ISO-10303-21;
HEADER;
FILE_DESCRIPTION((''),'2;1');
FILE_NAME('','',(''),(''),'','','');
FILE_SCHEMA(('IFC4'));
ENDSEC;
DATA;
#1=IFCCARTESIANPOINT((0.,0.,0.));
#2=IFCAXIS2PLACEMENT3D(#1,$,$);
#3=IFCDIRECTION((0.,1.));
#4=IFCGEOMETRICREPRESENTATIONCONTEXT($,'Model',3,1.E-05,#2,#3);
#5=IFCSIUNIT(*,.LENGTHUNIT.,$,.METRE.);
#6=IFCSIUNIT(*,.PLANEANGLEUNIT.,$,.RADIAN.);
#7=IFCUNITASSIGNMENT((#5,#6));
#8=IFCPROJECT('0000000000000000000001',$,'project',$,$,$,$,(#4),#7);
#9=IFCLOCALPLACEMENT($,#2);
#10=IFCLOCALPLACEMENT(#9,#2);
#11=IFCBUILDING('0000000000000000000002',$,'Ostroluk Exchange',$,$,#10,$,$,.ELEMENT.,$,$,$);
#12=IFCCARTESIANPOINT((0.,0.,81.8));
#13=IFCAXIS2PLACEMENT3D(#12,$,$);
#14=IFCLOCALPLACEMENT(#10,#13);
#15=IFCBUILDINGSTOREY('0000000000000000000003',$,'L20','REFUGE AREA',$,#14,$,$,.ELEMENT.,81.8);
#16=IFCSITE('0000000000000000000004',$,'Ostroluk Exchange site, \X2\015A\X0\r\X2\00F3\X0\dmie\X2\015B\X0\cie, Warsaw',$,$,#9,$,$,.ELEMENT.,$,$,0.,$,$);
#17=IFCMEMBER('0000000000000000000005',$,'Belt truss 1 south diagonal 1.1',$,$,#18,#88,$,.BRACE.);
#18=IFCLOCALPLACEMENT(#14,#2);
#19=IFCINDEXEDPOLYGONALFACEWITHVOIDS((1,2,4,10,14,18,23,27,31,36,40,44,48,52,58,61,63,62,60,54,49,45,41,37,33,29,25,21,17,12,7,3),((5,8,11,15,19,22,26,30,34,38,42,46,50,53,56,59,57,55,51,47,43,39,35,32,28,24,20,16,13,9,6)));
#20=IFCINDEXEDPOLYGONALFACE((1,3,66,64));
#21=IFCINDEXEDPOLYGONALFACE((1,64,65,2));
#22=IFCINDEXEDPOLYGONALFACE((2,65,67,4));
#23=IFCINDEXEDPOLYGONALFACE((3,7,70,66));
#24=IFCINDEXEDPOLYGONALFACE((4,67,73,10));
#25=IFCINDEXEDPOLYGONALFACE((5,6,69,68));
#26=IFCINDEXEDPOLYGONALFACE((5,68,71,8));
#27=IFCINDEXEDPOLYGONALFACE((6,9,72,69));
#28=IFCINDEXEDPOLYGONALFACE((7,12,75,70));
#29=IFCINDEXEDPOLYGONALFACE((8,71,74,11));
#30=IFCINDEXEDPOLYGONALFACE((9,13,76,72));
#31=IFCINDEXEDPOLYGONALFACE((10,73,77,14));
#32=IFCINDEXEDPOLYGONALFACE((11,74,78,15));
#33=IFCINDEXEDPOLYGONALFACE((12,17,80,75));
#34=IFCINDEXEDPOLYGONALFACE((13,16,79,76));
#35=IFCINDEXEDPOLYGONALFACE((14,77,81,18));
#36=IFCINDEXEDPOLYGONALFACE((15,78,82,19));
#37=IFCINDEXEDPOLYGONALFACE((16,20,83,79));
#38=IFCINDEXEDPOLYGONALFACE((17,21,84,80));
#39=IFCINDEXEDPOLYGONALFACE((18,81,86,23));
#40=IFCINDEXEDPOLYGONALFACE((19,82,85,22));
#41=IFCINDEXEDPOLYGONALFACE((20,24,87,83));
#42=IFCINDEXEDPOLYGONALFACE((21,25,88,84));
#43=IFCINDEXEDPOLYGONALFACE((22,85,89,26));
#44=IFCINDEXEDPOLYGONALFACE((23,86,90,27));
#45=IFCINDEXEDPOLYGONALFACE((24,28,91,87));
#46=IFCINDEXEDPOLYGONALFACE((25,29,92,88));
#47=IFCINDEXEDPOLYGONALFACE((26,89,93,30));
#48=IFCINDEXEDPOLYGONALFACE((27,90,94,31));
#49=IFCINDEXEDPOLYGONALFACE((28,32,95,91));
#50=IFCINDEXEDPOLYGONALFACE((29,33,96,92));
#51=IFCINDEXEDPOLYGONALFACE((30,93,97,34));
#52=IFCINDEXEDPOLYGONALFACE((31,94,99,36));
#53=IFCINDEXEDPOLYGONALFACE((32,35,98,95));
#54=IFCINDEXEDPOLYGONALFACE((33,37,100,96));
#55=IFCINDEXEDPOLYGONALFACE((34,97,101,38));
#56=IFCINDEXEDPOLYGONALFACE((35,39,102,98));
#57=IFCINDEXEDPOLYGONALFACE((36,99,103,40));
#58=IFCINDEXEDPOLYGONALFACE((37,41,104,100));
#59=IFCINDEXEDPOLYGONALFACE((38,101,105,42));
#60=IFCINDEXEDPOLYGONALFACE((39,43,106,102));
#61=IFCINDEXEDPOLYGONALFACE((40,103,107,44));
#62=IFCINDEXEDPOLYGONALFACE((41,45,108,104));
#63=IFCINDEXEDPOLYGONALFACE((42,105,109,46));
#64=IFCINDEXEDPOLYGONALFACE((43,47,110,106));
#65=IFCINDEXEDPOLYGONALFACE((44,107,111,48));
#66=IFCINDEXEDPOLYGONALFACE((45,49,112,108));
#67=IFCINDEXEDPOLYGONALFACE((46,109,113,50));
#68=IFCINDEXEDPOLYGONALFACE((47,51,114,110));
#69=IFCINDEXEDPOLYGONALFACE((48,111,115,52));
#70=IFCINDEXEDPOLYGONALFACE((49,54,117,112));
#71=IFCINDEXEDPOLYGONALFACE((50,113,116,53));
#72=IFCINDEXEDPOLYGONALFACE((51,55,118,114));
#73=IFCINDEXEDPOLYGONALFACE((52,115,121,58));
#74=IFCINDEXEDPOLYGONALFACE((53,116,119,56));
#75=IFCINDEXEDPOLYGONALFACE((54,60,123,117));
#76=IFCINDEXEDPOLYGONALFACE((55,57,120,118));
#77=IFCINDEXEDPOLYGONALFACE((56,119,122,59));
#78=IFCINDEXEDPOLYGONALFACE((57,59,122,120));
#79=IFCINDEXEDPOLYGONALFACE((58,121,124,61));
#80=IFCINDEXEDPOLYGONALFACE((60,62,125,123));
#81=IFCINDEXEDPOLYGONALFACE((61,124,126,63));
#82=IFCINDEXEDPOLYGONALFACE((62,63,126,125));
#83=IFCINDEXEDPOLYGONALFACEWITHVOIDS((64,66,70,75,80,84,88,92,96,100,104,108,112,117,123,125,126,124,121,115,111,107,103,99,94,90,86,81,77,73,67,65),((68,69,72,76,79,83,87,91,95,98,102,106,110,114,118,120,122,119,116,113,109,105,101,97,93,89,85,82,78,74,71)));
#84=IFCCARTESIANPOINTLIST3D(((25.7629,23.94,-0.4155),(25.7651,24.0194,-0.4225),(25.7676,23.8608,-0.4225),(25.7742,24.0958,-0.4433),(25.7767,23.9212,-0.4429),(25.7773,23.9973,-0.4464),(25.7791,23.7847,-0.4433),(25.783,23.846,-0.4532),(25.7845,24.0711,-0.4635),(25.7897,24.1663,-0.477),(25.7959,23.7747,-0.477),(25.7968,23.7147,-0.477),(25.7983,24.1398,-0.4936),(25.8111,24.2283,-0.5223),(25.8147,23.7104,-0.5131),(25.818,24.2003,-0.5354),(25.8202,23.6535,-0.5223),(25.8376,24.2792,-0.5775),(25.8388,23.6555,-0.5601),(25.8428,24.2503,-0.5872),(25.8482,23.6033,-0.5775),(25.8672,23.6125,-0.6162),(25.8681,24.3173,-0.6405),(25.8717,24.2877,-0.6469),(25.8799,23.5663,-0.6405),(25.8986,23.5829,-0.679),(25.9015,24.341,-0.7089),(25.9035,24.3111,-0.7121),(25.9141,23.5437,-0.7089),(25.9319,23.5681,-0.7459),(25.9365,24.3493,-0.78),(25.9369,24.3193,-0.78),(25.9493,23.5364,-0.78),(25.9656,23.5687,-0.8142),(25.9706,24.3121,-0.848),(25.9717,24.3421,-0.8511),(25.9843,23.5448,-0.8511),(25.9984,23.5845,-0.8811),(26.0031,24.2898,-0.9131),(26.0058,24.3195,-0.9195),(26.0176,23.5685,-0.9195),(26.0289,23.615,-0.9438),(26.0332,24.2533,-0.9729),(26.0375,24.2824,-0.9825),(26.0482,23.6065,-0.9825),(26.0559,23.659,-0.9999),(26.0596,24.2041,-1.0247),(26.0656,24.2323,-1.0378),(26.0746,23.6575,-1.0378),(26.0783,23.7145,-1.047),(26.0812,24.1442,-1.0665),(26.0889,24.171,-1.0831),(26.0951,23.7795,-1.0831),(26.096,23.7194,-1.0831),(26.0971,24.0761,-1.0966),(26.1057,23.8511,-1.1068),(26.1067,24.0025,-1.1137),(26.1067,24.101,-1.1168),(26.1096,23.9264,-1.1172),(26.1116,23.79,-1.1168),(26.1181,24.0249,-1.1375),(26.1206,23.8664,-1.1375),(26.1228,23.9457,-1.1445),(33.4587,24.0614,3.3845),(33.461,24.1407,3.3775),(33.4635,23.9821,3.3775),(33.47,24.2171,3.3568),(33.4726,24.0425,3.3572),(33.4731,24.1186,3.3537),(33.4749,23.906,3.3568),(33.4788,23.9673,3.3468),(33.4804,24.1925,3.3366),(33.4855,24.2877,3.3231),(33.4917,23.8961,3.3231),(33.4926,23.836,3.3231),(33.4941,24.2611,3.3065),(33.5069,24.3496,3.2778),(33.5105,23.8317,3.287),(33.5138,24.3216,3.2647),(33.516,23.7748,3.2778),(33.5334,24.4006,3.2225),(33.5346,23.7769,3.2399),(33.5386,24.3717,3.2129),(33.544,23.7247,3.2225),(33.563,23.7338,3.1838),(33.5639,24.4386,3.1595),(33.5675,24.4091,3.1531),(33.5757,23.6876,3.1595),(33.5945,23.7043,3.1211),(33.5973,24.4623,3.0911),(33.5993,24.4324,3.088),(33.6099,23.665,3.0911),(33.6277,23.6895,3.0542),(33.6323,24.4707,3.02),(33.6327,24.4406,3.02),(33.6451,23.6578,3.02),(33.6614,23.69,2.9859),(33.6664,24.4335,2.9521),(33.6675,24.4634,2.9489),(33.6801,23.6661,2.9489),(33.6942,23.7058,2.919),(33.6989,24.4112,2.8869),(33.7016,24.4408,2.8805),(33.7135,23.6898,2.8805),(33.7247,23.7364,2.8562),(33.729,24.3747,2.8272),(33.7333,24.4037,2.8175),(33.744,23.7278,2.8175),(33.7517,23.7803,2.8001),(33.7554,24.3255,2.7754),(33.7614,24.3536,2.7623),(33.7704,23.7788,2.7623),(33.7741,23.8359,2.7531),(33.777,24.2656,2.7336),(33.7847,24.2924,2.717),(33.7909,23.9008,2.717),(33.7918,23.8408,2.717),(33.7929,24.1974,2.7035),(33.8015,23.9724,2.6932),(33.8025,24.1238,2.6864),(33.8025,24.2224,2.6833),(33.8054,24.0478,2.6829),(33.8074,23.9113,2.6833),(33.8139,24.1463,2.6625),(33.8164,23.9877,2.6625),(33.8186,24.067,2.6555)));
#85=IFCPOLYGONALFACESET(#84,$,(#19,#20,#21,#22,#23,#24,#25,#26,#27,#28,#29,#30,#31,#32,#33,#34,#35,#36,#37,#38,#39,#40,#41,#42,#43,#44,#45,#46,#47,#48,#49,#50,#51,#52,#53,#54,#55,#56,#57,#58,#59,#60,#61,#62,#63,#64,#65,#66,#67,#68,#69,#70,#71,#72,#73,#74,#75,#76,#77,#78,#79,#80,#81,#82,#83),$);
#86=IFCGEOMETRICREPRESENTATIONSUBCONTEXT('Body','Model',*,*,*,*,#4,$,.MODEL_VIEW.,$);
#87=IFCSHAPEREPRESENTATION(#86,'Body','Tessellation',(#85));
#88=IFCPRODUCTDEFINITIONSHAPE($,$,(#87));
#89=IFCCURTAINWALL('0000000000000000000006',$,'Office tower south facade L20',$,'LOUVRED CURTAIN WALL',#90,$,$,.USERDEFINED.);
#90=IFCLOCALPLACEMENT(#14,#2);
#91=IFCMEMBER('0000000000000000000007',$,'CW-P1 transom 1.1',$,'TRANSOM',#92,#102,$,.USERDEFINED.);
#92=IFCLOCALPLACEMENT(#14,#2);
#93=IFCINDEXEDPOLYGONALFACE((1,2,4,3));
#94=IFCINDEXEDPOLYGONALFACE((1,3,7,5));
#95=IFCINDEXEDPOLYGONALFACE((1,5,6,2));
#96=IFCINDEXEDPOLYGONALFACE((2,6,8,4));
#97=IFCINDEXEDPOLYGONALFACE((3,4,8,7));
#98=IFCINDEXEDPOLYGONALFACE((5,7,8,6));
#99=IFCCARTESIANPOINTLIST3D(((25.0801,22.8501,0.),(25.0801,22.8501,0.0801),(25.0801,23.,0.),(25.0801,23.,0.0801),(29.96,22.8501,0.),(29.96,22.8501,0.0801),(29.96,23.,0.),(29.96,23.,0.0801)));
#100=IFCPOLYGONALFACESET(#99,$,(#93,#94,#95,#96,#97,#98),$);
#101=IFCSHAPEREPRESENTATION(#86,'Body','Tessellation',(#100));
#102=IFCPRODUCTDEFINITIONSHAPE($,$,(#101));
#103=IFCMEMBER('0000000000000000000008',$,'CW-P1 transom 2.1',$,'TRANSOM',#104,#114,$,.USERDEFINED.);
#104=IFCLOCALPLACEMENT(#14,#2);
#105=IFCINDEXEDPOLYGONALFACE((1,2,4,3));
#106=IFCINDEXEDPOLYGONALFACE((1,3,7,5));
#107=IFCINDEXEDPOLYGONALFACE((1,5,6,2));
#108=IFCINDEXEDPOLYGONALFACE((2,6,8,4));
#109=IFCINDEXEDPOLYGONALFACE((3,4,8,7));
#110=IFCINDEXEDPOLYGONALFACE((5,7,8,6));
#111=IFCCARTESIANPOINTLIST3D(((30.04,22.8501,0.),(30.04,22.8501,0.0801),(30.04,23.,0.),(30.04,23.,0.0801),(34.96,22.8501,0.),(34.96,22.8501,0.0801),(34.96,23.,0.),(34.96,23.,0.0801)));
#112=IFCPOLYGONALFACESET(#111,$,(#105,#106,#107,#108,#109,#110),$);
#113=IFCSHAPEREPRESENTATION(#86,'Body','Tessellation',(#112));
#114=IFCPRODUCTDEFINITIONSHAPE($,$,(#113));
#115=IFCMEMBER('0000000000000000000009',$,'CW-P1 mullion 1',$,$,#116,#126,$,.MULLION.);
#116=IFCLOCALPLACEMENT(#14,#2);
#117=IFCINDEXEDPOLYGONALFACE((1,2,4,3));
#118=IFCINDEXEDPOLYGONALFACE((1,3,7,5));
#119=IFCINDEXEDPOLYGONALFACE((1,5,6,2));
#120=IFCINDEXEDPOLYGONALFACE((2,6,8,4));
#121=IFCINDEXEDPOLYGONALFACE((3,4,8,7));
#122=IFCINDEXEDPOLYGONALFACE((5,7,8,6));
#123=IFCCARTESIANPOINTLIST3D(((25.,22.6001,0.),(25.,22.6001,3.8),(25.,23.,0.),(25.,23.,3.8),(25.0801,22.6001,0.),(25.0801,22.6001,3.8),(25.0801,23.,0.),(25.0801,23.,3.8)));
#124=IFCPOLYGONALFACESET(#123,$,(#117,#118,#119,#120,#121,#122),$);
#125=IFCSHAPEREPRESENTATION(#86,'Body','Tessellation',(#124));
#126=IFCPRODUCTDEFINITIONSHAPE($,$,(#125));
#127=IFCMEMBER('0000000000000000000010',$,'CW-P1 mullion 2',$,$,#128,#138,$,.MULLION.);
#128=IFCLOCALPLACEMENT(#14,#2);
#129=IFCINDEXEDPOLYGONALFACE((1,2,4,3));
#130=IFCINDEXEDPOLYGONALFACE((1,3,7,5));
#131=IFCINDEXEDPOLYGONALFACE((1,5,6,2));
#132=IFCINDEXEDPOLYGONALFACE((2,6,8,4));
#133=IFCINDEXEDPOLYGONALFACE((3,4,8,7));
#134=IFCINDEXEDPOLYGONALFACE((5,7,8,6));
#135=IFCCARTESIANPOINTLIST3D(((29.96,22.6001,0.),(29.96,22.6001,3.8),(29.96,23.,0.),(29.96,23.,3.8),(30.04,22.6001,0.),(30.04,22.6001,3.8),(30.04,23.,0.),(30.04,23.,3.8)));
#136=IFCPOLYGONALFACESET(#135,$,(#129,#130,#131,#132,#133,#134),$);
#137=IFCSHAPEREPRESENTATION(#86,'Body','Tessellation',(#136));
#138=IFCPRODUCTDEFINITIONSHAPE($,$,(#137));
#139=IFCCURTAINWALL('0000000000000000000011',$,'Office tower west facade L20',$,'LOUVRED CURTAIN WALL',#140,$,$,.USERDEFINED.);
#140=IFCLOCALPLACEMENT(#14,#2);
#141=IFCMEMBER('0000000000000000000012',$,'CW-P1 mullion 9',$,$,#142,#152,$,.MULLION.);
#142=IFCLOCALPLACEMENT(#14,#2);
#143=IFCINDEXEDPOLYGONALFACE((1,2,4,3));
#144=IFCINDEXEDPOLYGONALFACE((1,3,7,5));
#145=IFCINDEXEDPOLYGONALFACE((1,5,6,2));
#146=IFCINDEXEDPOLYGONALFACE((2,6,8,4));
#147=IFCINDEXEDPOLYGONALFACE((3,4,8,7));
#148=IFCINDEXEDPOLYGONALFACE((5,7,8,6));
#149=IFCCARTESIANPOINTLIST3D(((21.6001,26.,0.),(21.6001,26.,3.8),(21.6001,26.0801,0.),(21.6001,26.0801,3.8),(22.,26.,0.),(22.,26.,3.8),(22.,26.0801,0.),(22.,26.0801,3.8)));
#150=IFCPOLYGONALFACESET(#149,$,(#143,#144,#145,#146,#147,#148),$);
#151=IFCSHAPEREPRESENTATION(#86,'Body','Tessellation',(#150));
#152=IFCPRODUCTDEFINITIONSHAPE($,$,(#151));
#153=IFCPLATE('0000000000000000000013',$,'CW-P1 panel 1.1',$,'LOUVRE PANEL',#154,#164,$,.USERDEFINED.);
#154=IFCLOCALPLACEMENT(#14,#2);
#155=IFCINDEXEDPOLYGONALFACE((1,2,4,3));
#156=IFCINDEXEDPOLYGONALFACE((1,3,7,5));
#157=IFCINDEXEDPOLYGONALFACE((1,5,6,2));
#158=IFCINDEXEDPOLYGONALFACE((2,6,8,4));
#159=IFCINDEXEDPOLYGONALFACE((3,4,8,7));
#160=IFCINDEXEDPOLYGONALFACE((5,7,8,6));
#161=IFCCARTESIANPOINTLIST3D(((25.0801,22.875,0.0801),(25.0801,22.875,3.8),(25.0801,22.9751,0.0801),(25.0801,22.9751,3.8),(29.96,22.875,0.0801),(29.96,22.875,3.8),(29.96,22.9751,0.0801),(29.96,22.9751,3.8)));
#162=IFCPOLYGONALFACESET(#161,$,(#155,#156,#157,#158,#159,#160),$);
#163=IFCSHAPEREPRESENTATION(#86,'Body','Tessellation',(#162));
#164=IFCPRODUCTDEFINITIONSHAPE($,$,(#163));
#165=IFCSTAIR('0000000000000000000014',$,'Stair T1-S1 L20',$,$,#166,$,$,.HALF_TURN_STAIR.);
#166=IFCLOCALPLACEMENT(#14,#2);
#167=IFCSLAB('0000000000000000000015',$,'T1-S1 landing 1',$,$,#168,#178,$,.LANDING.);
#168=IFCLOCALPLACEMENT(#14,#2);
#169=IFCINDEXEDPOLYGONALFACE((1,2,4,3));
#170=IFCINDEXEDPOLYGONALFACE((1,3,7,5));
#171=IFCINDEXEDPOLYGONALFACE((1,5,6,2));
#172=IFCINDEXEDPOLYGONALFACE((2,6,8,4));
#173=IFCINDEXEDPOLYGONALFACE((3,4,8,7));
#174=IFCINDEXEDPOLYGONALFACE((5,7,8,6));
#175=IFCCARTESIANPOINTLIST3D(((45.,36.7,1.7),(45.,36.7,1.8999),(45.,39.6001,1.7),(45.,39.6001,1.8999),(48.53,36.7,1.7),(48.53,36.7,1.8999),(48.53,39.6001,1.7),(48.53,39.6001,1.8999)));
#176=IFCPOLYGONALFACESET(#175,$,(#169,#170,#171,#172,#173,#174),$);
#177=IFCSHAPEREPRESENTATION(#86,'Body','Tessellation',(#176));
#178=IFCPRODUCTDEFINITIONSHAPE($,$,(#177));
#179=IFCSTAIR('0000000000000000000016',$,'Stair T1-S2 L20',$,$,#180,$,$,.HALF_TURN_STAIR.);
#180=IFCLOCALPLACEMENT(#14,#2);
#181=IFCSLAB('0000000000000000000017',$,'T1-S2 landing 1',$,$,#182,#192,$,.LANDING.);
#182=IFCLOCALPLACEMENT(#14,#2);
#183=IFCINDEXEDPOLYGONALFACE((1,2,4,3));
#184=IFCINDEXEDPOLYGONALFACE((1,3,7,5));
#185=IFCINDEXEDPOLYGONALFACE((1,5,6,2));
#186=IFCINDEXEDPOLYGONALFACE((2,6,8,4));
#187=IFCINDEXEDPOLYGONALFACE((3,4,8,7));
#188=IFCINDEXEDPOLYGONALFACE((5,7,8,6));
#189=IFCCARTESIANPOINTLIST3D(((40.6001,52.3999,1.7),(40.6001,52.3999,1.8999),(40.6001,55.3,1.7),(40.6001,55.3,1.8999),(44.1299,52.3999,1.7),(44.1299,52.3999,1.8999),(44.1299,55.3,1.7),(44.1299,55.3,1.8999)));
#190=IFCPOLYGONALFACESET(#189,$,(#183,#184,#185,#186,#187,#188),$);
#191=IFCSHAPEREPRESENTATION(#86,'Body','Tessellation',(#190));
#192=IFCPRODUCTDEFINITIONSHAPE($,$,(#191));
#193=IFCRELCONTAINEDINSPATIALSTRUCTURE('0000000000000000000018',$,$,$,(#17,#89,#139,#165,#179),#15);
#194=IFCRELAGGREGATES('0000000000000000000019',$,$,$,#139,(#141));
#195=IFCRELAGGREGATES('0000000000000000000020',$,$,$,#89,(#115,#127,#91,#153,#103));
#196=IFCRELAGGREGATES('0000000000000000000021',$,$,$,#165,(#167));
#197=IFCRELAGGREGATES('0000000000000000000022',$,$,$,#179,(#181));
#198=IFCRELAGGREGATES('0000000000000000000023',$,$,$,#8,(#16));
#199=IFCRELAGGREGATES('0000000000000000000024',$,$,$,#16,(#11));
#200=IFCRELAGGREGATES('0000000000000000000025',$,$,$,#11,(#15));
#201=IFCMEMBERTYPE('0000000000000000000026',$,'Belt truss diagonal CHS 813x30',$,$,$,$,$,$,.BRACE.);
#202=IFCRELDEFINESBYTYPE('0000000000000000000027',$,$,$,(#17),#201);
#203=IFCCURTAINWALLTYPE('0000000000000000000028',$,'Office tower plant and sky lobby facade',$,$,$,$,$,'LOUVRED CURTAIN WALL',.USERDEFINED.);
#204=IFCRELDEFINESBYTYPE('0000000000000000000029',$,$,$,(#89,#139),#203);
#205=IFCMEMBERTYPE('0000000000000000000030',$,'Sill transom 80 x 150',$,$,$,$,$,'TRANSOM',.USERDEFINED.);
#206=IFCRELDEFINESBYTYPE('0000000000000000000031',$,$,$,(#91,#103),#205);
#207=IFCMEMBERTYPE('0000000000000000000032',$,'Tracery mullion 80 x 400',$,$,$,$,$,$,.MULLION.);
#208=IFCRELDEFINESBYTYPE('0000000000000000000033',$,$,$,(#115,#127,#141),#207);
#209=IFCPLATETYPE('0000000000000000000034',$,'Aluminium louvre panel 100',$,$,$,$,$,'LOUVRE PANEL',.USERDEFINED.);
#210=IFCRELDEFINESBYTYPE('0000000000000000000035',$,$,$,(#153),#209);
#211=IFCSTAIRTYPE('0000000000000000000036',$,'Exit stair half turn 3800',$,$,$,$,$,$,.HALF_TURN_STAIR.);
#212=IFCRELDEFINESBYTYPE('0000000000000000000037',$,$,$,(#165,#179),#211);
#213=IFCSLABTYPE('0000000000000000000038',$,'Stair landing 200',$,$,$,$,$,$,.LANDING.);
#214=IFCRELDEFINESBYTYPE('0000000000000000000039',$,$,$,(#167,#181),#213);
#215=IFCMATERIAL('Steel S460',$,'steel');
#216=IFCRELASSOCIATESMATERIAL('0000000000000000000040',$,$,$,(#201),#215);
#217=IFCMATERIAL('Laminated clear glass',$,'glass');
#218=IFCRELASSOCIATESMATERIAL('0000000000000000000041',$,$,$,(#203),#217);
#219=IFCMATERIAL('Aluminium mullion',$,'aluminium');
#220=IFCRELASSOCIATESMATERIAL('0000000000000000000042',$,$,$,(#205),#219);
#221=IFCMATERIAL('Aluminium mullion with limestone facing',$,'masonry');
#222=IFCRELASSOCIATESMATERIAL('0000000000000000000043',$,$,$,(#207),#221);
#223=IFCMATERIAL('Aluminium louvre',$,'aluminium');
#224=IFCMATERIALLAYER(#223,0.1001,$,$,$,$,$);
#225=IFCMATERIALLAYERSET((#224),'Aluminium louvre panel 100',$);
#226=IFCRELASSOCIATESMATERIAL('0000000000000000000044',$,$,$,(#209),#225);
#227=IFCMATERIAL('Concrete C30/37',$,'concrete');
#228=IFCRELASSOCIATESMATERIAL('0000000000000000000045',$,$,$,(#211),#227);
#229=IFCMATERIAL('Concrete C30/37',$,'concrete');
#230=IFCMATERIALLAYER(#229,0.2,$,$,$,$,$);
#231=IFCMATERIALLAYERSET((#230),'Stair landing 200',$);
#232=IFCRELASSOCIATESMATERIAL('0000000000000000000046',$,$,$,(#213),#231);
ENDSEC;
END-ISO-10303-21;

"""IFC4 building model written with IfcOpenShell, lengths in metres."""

from ifc_helpers import new_model, si_unit, direction, frame, origin, origin_2d, place, context, subcontext, project, spatial, polyline, rectangle, hollow_circle, outline, extrude, material, layer, layer_set, material_profile, profile_set, type_object, element, aggregate, save


model = new_model("IFC4")

# Units and contexts
model_context = context("Model", 3, precision=1e-05, world=origin(), true_north=direction((0.0, 1.0)))
body_context = subcontext(model_context, "Body", "Model", "MODEL_VIEW")
ifc_project = project(units=[si_unit("LENGTHUNIT", "METRE"), si_unit("PLANEANGLEUNIT", "RADIAN")], contexts=[model_context])

# Site, building, storey
site_placement = place(None, origin())
site = spatial("IfcSite", under=ifc_project, at=site_placement, Name="Ostroluk Exchange site, Śródmieście, Warsaw", CompositionType="ELEMENT", RefElevation=0.0)
building_placement = place(site_placement, origin())
building = spatial("IfcBuilding", under=site, at=building_placement, Name="Ostroluk Exchange", CompositionType="ELEMENT")
storey_placement = place(building_placement, frame((0.0, 0.0, 81.8)))
storey = spatial("IfcBuildingStorey", under=building, at=storey_placement, Name="L20", Description="REFUGE AREA", CompositionType="ELEMENT", Elevation=81.8)

# Member
ifc_material_1 = material(Name="Steel S460", Category="steel")
ifc_material_profile_1 = material_profile(ifc_material_1, hollow_circle(Radius=0.4065, WallThickness=0.03, at=origin_2d()), Name="CHS 813x30")
ifc_profile_set_1 = profile_set([ifc_material_profile_1], Name="Steel S460")
member_type_1 = type_object("IfcMemberType", Name="Belt truss diagonal CHS 813x30", PredefinedType="BRACE", material=ifc_profile_set_1)
member_1_placement = place(storey_placement, frame((25.9429, 23.9429, -0.78), z_axis=(0.896557, 0.014136, 0.442704), x_axis=(-0.015765, 0.999876, 0.0)))
element("IfcMember", 1, at=member_1_placement, inside=storey, type_object=member_type_1, Name="Belt truss 1 south diagonal 1.1", PredefinedType="BRACE", context=body_context, shape_type="SweptSolid", body=[
    extrude(hollow_circle(Radius=0.4065, WallThickness=0.03, at=origin_2d()), origin(), (0.0, 0.0, 1.0), 8.5837),
])

# Curtain wall, members
ifc_material_2 = material(Name="Laminated clear glass", Category="glass")
curtain_wall_type = type_object("IfcCurtainWallType", Name="Office tower plant and sky lobby facade", ElementType="LOUVRED CURTAIN WALL", PredefinedType="USERDEFINED", material=ifc_material_2)
curtain_wall_1_placement = place(storey_placement, origin())
curtain_wall_1 = element("IfcCurtainWall", 2, at=curtain_wall_1_placement, inside=storey, type_object=curtain_wall_type, Name="Office tower south facade L20", ObjectType="LOUVRED CURTAIN WALL", PredefinedType="USERDEFINED")
ifc_material_3 = material(Name="Aluminium mullion", Category="aluminium")
ifc_material_profile_2 = material_profile(ifc_material_3, rectangle(XDim=0.1499, YDim=0.0801, at=origin_2d()), Name="Sill transom 80 x 150")
ifc_profile_set_2 = profile_set([ifc_material_profile_2], Name="Aluminium mullion")
member_type_2 = type_object("IfcMemberType", Name="Sill transom 80 x 150", ElementType="TRANSOM", PredefinedType="USERDEFINED", material=ifc_profile_set_2)
member_2_placement = place(storey_placement, frame((25.0801, 22.925, 0.04), z_axis=(1.0, 0.0, 0.0), x_axis=(0.0, 1.0, 0.0)))
member_2 = element("IfcMember", 3, at=member_2_placement, type_object=member_type_2, Name="CW-P1 transom 1.1", ObjectType="TRANSOM", PredefinedType="USERDEFINED", context=body_context, shape_type="SweptSolid", body=[
    extrude(rectangle(XDim=0.1499, YDim=0.0801, at=origin_2d()), origin(), (0.0, 0.0, 1.0), 4.8799),
])
member_3_placement = place(storey_placement, frame((30.04, 22.925, 0.04), z_axis=(1.0, 0.0, 0.0), x_axis=(0.0, 1.0, 0.0)))
member_3 = element("IfcMember", 4, at=member_3_placement, type_object=member_type_2, Name="CW-P1 transom 2.1", ObjectType="TRANSOM", PredefinedType="USERDEFINED", context=body_context, shape_type="SweptSolid", body=[
    extrude(rectangle(XDim=0.1499, YDim=0.0801, at=origin_2d()), origin(), (0.0, 0.0, 1.0), 4.9199),
])
ifc_material_4 = material(Name="Aluminium mullion with limestone facing", Category="masonry")
ifc_material_profile_3 = material_profile(ifc_material_4, rectangle(XDim=0.3999, YDim=0.0801, at=origin_2d()), Name="Tracery mullion 80 x 400")
ifc_profile_set_3 = profile_set([ifc_material_profile_3], Name="Aluminium mullion with limestone facing")
member_type_3 = type_object("IfcMemberType", Name="Tracery mullion 80 x 400", PredefinedType="MULLION", material=ifc_profile_set_3)
member_4_placement = place(storey_placement, frame((25.04, 22.8, 0.0), z_axis=(0.0, 0.0, 1.0), x_axis=(0.0, 1.0, 0.0)))
member_4 = element("IfcMember", 5, at=member_4_placement, type_object=member_type_3, Name="CW-P1 mullion 1", PredefinedType="MULLION", context=body_context, shape_type="SweptSolid", body=[
    extrude(rectangle(XDim=0.3999, YDim=0.0801, at=origin_2d()), origin(), (0.0, 0.0, 1.0), 3.8),
])
member_5_placement = place(storey_placement, frame((30.0, 22.8, 0.0), z_axis=(0.0, 0.0, 1.0), x_axis=(0.0, 1.0, 0.0)))
member_5 = element("IfcMember", 6, at=member_5_placement, type_object=member_type_3, Name="CW-P1 mullion 2", PredefinedType="MULLION", context=body_context, shape_type="SweptSolid", body=[
    extrude(rectangle(XDim=0.3999, YDim=0.0801, at=origin_2d()), origin(), (0.0, 0.0, 1.0), 3.8),
])

# Curtain wall, member
curtain_wall_2_placement = place(storey_placement, origin())
curtain_wall_2 = element("IfcCurtainWall", 7, at=curtain_wall_2_placement, inside=storey, type_object=curtain_wall_type, Name="Office tower west facade L20", ObjectType="LOUVRED CURTAIN WALL", PredefinedType="USERDEFINED")
member_6_placement = place(storey_placement, frame((21.8, 26.04, 0.0), z_axis=(0.0, 0.0, 1.0), x_axis=(1.0, 0.0, 0.0)))
member_6 = element("IfcMember", 8, at=member_6_placement, type_object=member_type_3, Name="CW-P1 mullion 9", PredefinedType="MULLION", context=body_context, shape_type="SweptSolid", body=[
    extrude(rectangle(XDim=0.3999, YDim=0.0801, at=origin_2d()), origin(), (0.0, 0.0, 1.0), 3.8),
])
aggregate(curtain_wall_2, [member_6])

# Plate
ifc_material_5 = material(Name="Aluminium louvre", Category="aluminium")
ifc_layer_1 = layer(ifc_material_5, 0.1001)
ifc_layer_set_1 = layer_set([ifc_layer_1], Name="Aluminium louvre panel 100")
plate_type = type_object("IfcPlateType", Name="Aluminium louvre panel 100", ElementType="LOUVRE PANEL", PredefinedType="USERDEFINED", material=ifc_layer_set_1)
plate_placement = place(storey_placement, frame((27.52, 22.925, 0.0801), z_axis=(0.0, 0.0, 1.0), x_axis=(1.0, 0.0, 0.0)))
plate = element("IfcPlate", 9, at=plate_placement, type_object=plate_type, Name="CW-P1 panel 1.1", ObjectType="LOUVRE PANEL", PredefinedType="USERDEFINED", context=body_context, shape_type="SweptSolid", body=[
    extrude(rectangle(XDim=4.8799, YDim=0.1001, at=origin_2d()), origin(), (0.0, 0.0, 1.0), 3.72),
])
aggregate(curtain_wall_1, [member_4, member_5, member_2, plate, member_3])

# Stairs, slabs
ifc_material_6 = material(Name="Concrete C30/37", Category="concrete")
stair_type = type_object("IfcStairType", Name="Exit stair half turn 3800", PredefinedType="HALF_TURN_STAIR", material=ifc_material_6)
stair_1_placement = place(storey_placement, origin())
stair_1 = element("IfcStair", 10, at=stair_1_placement, inside=storey, type_object=stair_type, Name="Stair T1-S1 L20", PredefinedType="HALF_TURN_STAIR")
ifc_material_7 = material(Name="Concrete C30/37", Category="concrete")
ifc_layer_2 = layer(ifc_material_7, 0.2)
ifc_layer_set_2 = layer_set([ifc_layer_2], Name="Stair landing 200")
slab_type = type_object("IfcSlabType", Name="Stair landing 200", PredefinedType="LANDING", material=ifc_layer_set_2)
slab_1_placement = place(storey_placement, frame((0.0, 0.0, 1.7)))
slab_1 = element("IfcSlab", 11, at=slab_1_placement, type_object=slab_type, Name="T1-S1 landing 1", PredefinedType="LANDING", context=body_context, shape_type="SweptSolid", body=[
    extrude(outline(polyline([(45.0, 36.7), (45.0, 39.6001), (48.53, 39.6001), (48.53, 36.7), (45.0, 36.7)])), origin(), (0.0, 0.0, 1.0), 0.2),
])
aggregate(stair_1, [slab_1])
stair_2_placement = place(storey_placement, origin())
stair_2 = element("IfcStair", 12, at=stair_2_placement, inside=storey, type_object=stair_type, Name="Stair T1-S2 L20", PredefinedType="HALF_TURN_STAIR")
slab_2_placement = place(storey_placement, frame((0.0, 0.0, 1.7)))
slab_2 = element("IfcSlab", 13, at=slab_2_placement, type_object=slab_type, Name="T1-S2 landing 1", PredefinedType="LANDING", context=body_context, shape_type="SweptSolid", body=[
    extrude(outline(polyline([(44.1299, 52.3999), (44.1299, 55.3), (40.6001, 55.3), (40.6001, 52.3999), (44.1299, 52.3999)])), origin(), (0.0, 0.0, 1.0), 0.2),
])
aggregate(stair_2, [slab_2])

save(model, "model.ifc")
